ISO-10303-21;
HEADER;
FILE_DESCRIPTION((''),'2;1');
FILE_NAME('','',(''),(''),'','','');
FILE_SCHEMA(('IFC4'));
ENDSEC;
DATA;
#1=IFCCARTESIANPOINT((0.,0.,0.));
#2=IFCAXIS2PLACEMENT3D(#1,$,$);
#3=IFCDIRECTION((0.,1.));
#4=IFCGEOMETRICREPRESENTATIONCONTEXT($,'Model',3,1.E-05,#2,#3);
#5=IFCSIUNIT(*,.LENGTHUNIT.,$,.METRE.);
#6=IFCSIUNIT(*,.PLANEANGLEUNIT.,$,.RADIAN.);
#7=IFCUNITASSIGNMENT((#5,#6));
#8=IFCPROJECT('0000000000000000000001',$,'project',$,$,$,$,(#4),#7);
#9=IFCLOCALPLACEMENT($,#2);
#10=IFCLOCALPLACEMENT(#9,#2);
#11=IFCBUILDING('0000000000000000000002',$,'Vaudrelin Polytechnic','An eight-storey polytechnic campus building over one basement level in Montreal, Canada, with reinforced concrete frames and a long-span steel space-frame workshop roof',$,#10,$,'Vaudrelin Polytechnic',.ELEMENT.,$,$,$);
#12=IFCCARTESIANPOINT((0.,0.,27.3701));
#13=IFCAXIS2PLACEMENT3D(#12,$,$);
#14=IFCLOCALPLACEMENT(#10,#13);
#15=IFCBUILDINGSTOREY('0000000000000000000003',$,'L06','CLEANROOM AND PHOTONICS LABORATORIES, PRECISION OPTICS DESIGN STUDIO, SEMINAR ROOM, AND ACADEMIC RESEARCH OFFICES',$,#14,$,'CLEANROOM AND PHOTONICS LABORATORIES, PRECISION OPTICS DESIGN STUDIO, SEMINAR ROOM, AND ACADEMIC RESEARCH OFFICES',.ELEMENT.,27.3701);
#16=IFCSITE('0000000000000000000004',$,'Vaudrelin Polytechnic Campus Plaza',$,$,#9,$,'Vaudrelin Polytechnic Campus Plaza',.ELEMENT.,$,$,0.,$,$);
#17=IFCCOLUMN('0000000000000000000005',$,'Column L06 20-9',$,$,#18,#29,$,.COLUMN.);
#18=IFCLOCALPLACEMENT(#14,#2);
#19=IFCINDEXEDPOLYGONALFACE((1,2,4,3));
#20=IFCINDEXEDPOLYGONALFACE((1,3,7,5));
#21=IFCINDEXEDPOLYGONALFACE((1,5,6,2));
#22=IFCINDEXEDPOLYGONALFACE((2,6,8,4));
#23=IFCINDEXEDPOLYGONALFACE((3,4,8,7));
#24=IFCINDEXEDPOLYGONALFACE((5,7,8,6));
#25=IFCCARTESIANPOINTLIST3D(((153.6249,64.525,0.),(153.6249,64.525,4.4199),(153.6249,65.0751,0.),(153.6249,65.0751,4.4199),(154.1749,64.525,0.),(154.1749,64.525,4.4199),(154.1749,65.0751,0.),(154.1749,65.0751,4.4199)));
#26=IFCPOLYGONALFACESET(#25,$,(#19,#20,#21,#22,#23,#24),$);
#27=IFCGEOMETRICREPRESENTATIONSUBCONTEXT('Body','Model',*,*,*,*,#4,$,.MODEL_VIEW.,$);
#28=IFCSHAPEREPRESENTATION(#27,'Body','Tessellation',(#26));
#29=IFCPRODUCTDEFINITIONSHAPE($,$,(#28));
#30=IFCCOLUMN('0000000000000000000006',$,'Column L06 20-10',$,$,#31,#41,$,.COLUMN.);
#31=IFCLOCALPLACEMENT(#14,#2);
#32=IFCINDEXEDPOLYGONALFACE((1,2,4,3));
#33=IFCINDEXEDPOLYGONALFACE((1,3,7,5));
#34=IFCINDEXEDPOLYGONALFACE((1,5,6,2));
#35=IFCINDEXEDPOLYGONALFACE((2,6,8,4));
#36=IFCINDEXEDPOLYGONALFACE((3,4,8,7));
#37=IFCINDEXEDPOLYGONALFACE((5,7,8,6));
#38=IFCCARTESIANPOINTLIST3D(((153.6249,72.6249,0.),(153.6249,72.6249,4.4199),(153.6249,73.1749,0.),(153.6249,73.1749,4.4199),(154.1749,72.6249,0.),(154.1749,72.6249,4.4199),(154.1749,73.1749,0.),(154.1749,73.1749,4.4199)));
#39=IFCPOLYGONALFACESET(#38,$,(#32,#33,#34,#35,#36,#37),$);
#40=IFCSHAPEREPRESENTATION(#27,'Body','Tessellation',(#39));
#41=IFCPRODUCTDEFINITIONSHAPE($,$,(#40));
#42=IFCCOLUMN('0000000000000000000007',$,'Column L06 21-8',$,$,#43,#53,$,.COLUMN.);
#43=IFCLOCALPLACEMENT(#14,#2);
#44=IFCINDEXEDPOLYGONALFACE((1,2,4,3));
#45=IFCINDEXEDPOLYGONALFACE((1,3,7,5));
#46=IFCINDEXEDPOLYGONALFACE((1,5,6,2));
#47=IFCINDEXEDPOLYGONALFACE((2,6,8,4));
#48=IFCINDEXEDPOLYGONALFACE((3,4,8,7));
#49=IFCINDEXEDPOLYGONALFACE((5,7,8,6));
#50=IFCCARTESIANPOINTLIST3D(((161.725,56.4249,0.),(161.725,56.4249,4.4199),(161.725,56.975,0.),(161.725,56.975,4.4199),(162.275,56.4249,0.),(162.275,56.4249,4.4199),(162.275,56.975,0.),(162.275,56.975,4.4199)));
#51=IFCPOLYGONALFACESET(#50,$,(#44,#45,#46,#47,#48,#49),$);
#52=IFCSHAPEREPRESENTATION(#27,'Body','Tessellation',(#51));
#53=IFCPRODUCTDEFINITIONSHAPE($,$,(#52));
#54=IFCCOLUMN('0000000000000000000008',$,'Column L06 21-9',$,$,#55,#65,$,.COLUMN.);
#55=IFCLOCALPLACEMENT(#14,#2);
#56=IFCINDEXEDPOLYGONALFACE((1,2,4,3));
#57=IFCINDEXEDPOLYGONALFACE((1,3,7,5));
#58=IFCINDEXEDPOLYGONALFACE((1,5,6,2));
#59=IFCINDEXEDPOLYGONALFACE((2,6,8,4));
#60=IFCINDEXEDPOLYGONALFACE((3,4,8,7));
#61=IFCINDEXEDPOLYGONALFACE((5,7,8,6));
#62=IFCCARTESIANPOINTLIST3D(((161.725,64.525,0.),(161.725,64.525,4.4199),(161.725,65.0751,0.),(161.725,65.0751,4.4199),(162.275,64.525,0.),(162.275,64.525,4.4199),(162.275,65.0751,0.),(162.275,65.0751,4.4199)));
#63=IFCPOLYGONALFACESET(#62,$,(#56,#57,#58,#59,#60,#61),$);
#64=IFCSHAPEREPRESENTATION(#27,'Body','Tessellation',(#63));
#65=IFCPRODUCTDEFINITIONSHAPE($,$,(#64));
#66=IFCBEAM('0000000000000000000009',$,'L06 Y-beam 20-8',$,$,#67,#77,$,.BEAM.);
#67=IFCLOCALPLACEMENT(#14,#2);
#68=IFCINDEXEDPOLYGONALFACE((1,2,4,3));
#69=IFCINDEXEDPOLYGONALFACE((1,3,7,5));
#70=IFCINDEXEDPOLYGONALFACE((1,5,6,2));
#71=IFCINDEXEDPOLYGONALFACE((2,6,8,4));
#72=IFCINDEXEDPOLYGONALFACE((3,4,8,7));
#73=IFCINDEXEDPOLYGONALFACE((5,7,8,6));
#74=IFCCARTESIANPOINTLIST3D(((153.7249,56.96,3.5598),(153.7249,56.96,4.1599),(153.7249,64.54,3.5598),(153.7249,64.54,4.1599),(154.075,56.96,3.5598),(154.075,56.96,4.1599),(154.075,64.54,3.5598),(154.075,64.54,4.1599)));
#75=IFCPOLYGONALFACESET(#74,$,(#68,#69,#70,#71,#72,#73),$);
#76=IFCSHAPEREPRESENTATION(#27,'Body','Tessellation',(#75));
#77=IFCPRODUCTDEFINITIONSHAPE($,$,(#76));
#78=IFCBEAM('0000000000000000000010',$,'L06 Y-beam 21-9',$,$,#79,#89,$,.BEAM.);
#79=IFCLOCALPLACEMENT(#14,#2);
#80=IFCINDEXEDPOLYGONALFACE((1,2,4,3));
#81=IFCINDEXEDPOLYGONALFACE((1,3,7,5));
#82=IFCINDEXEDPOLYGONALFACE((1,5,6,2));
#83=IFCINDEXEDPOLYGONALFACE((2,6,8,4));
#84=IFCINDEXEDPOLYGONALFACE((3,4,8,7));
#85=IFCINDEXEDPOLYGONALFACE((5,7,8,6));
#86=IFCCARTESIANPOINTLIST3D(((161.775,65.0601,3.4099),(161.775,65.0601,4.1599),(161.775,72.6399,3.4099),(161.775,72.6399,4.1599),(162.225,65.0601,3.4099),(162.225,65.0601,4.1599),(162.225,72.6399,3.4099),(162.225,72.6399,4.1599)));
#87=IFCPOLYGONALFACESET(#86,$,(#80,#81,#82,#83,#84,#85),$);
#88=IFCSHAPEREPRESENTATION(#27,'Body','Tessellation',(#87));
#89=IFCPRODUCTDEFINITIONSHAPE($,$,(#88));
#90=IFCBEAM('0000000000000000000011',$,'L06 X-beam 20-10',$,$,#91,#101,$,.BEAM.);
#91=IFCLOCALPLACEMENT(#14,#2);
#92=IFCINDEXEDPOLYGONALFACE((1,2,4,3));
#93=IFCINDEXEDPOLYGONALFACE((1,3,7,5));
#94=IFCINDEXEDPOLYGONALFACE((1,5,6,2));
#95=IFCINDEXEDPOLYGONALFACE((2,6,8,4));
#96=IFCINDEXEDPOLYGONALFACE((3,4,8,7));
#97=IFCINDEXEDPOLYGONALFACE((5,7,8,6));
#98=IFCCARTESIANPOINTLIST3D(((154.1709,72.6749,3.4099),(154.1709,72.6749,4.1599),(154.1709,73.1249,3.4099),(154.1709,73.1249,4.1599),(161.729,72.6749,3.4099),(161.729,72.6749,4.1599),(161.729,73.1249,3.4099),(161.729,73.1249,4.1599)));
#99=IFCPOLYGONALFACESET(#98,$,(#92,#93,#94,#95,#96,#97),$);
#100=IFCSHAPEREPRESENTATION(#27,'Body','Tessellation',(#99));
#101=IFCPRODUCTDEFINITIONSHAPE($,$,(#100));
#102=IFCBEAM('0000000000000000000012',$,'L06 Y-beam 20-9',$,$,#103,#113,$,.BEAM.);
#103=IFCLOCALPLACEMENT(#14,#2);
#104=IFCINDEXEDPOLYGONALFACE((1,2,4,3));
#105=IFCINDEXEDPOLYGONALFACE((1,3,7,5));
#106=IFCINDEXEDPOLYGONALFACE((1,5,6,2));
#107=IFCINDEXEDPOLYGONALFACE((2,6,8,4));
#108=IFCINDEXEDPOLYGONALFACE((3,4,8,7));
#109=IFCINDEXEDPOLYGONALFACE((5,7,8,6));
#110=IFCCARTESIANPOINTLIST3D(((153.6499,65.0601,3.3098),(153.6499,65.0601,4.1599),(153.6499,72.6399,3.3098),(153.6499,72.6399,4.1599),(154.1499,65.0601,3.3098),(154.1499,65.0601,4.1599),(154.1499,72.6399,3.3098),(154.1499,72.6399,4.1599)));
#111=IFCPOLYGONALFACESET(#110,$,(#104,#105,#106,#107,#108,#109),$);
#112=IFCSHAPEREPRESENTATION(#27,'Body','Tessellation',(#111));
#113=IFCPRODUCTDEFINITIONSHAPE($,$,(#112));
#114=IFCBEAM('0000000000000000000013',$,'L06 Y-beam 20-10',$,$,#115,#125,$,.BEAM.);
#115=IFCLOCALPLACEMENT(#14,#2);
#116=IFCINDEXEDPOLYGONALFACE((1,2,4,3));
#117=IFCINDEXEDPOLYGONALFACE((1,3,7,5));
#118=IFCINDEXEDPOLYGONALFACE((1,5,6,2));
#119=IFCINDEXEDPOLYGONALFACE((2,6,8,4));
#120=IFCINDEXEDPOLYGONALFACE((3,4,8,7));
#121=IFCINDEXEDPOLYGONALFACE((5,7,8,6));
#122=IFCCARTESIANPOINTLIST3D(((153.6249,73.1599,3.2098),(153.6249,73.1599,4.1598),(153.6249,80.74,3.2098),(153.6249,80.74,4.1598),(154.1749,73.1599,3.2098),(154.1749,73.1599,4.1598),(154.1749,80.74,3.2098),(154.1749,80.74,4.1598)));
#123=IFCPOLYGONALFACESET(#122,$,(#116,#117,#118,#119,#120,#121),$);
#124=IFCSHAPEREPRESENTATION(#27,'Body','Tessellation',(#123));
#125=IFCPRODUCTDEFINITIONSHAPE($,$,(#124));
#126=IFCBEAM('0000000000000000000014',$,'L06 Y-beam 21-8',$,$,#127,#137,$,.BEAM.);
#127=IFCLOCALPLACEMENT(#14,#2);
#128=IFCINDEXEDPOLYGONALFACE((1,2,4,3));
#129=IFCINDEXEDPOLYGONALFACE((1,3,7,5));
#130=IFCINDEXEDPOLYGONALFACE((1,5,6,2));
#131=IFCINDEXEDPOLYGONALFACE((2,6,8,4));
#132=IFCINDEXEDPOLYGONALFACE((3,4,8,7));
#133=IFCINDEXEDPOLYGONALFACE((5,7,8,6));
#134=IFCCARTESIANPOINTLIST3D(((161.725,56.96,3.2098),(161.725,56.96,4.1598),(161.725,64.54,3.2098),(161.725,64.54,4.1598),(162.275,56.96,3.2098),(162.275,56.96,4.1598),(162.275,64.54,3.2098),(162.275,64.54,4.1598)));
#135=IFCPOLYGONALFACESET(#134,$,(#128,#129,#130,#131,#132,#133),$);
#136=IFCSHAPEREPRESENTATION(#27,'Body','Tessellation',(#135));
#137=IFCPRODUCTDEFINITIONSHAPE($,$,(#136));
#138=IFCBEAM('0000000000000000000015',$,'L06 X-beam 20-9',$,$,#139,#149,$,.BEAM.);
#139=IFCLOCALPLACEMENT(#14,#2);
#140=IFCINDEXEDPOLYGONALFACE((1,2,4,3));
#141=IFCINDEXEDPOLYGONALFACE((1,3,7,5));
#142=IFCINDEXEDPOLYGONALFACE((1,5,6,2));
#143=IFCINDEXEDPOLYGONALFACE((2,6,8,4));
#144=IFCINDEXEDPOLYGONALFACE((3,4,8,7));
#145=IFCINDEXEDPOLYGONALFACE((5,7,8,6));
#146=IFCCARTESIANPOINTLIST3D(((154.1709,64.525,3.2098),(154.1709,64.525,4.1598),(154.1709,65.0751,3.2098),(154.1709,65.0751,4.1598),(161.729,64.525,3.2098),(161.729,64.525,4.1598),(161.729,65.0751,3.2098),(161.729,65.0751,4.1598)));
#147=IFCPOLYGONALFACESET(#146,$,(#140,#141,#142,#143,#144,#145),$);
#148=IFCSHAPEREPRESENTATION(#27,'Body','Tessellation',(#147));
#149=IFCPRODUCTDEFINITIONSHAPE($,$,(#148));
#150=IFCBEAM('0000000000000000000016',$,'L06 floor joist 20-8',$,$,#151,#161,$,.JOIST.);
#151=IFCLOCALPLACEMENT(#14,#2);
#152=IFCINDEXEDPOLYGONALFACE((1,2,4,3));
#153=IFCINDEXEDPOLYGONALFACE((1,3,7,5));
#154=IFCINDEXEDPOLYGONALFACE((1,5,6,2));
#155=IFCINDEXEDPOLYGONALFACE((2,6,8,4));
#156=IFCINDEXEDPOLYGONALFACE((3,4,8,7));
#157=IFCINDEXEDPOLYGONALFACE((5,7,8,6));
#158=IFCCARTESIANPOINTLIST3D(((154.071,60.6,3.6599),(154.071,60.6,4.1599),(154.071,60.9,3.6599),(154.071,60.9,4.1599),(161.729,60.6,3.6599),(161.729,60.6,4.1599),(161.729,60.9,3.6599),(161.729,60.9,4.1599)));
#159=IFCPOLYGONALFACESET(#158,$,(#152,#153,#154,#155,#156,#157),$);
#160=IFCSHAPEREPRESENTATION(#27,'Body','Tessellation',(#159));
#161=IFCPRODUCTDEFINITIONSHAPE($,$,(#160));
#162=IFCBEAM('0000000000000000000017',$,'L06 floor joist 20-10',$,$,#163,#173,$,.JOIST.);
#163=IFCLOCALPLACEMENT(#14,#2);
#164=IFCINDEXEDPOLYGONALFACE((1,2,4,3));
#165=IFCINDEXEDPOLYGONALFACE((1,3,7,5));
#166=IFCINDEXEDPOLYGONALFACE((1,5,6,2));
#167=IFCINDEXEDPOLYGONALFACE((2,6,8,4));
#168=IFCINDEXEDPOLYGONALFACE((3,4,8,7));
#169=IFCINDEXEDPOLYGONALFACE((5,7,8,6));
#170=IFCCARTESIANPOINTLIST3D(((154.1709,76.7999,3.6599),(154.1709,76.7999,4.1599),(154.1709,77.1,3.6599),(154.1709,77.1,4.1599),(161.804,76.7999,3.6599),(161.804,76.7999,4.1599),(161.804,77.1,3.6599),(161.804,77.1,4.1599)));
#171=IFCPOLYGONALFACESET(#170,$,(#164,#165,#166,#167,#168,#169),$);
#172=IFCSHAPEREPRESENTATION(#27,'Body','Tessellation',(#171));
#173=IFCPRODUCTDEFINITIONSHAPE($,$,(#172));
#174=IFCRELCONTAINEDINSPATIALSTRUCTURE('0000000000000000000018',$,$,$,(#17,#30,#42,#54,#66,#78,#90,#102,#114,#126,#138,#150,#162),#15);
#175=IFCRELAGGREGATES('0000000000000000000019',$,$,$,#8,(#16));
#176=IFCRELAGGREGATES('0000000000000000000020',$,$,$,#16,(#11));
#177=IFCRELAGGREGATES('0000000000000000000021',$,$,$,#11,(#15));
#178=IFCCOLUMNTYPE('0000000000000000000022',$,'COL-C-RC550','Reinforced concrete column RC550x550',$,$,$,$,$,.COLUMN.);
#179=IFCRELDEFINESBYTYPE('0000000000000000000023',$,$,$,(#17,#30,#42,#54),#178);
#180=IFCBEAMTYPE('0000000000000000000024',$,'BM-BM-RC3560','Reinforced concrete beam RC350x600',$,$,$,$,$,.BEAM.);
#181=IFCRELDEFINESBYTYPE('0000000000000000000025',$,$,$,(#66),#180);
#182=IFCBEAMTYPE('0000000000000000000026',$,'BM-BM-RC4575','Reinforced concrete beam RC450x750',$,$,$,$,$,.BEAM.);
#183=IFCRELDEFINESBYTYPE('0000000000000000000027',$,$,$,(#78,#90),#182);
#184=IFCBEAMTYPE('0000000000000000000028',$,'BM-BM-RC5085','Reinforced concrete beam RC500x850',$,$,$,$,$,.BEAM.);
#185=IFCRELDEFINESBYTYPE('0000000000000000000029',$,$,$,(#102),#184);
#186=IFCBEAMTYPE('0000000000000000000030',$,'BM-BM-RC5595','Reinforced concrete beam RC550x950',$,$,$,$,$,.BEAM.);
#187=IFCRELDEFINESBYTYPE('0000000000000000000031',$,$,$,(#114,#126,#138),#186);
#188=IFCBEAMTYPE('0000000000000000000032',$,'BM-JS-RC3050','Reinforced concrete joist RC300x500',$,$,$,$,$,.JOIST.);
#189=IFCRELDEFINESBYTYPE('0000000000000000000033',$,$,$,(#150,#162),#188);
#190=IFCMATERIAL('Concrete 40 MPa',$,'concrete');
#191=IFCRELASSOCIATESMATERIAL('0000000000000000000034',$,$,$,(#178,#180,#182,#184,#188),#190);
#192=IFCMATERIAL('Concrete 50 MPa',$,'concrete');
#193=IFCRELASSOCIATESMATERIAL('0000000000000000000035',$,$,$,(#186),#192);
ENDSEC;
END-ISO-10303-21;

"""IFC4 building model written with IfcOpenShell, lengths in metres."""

from ifc_helpers import new_model, si_unit, direction, frame, origin, origin_2d, place, context, subcontext, project, spatial, rectangle, extrude, material, material_profile, profile_set, type_object, element, save


model = new_model("IFC4")

# Units and contexts
model_context = context("Model", 3, precision=1e-05, world=origin(), true_north=direction((0.0, 1.0)))
body_context = subcontext(model_context, "Body", "Model", "MODEL_VIEW")
ifc_project = project(units=[si_unit("LENGTHUNIT", "METRE"), si_unit("PLANEANGLEUNIT", "RADIAN")], contexts=[model_context])

# Site, building, storey
site_placement = place(None, origin())
site = spatial("IfcSite", under=ifc_project, at=site_placement, Name="Vaudrelin Polytechnic Campus Plaza", LongName="Vaudrelin Polytechnic Campus Plaza", CompositionType="ELEMENT", RefElevation=0.0)
building_placement = place(site_placement, origin())
building = spatial("IfcBuilding", under=site, at=building_placement, Name="Vaudrelin Polytechnic", Description="An eight-storey polytechnic campus building over one basement level in Montreal, Canada, with reinforced concrete frames and a long-span steel space-frame workshop roof", LongName="Vaudrelin Polytechnic", CompositionType="ELEMENT")
storey_placement = place(building_placement, frame((0.0, 0.0, 27.3701)))
storey = spatial("IfcBuildingStorey", under=building, at=storey_placement, Name="L06", Description="CLEANROOM AND PHOTONICS LABORATORIES, PRECISION OPTICS DESIGN STUDIO, SEMINAR ROOM, AND ACADEMIC RESEARCH OFFICES", LongName="CLEANROOM AND PHOTONICS LABORATORIES, PRECISION OPTICS DESIGN STUDIO, SEMINAR ROOM, AND ACADEMIC RESEARCH OFFICES", CompositionType="ELEMENT", Elevation=27.3701)

# Columns
ifc_material_1 = material(Name="Concrete 40 MPa", Category="concrete")
ifc_material_profile_1 = material_profile(ifc_material_1, rectangle(XDim=0.55, YDim=0.55, at=origin_2d()), Name="RC550x550")
ifc_profile_set_1 = profile_set([ifc_material_profile_1], Name="Concrete 40 MPa")
column_type = type_object("IfcColumnType", Name="COL-C-RC550", Description="Reinforced concrete column RC550x550", PredefinedType="COLUMN", material=ifc_profile_set_1)
for number, where, z_axis, x_axis, name in (
    (1, (153.8999, 64.8, 0.0), (0.0, 0.0, 1.0), (1.0, 0.0, 0.0), "Column L06 20-9"),
    (2, (153.8999, 72.8999, 0.0), (0.0, 0.0, 1.0), (1.0, 0.0, 0.0), "Column L06 20-10"),
    (3, (162.0, 56.7, 0.0), (0.0, 0.0, 1.0), (1.0, 0.0, 0.0), "Column L06 21-8"),
    (4, (162.0, 64.8, 0.0), (0.0, 0.0, 1.0), (1.0, 0.0, 0.0), "Column L06 21-9"),
):
    element("IfcColumn", number, at=place(storey_placement, frame(where, z_axis=z_axis, x_axis=x_axis)), inside=storey, type_object=column_type, Name=name, PredefinedType="COLUMN", context=body_context, shape_type="SweptSolid", body=[
        extrude(rectangle(XDim=0.55, YDim=0.55, at=origin_2d()), origin(), (0.0, 0.0, 1.0), 4.4199),
    ])

# Beams
ifc_material_profile_2 = material_profile(ifc_material_1, rectangle(XDim=0.3501, YDim=0.6001, at=origin_2d()), Name="RC350x600")
ifc_profile_set_2 = profile_set([ifc_material_profile_2], Name="Concrete 40 MPa")
beam_type_1 = type_object("IfcBeamType", Name="BM-BM-RC3560", Description="Reinforced concrete beam RC350x600", PredefinedType="BEAM", material=ifc_profile_set_2)
beam_1_placement = place(storey_placement, frame((153.8999, 56.96, 3.8599), z_axis=(0.0, 1.0, 0.0), x_axis=(-1.0, 0.0, 0.0)))
element("IfcBeam", 5, at=beam_1_placement, inside=storey, type_object=beam_type_1, Name="L06 Y-beam 20-8", PredefinedType="BEAM", context=body_context, shape_type="SweptSolid", body=[
    extrude(rectangle(XDim=0.3501, YDim=0.6001, at=origin_2d()), origin(), (0.0, 0.0, 1.0), 7.5801),
])
ifc_material_profile_3 = material_profile(ifc_material_1, rectangle(XDim=0.45, YDim=0.75, at=origin_2d()), Name="RC450x750")
ifc_profile_set_3 = profile_set([ifc_material_profile_3], Name="Concrete 40 MPa")
beam_type_2 = type_object("IfcBeamType", Name="BM-BM-RC4575", Description="Reinforced concrete beam RC450x750", PredefinedType="BEAM", material=ifc_profile_set_3)
beam_2_placement = place(storey_placement, frame((162.0, 65.0601, 3.7849), z_axis=(0.0, 1.0, 0.0), x_axis=(-1.0, 0.0, 0.0)))
element("IfcBeam", 6, at=beam_2_placement, inside=storey, type_object=beam_type_2, Name="L06 Y-beam 21-9", PredefinedType="BEAM", context=body_context, shape_type="SweptSolid", body=[
    extrude(rectangle(XDim=0.45, YDim=0.75, at=origin_2d()), origin(), (0.0, 0.0, 1.0), 7.5798),
])
beam_3_placement = place(storey_placement, frame((154.1709, 72.8999, 3.7849), z_axis=(1.0, 0.0, 0.0), x_axis=(0.0, 1.0, 0.0)))
element("IfcBeam", 7, at=beam_3_placement, inside=storey, type_object=beam_type_2, Name="L06 X-beam 20-10", PredefinedType="BEAM", context=body_context, shape_type="SweptSolid", body=[
    extrude(rectangle(XDim=0.45, YDim=0.75, at=origin_2d()), origin(), (0.0, 0.0, 1.0), 7.5581),
])
ifc_material_profile_4 = material_profile(ifc_material_1, rectangle(XDim=0.5, YDim=0.8501, at=origin_2d()), Name="RC500x850")
ifc_profile_set_4 = profile_set([ifc_material_profile_4], Name="Concrete 40 MPa")
beam_type_3 = type_object("IfcBeamType", Name="BM-BM-RC5085", Description="Reinforced concrete beam RC500x850", PredefinedType="BEAM", material=ifc_profile_set_4)
beam_4_placement = place(storey_placement, frame((153.8999, 65.0601, 3.7349), z_axis=(0.0, 1.0, 0.0), x_axis=(-1.0, 0.0, 0.0)))
element("IfcBeam", 8, at=beam_4_placement, inside=storey, type_object=beam_type_3, Name="L06 Y-beam 20-9", PredefinedType="BEAM", context=body_context, shape_type="SweptSolid", body=[
    extrude(rectangle(XDim=0.5, YDim=0.8501, at=origin_2d()), origin(), (0.0, 0.0, 1.0), 7.5798),
])
ifc_material_2 = material(Name="Concrete 50 MPa", Category="concrete")
ifc_material_profile_5 = material_profile(ifc_material_2, rectangle(XDim=0.55, YDim=0.95, at=origin_2d()), Name="RC550x950")
ifc_profile_set_5 = profile_set([ifc_material_profile_5], Name="Concrete 50 MPa")
beam_type_4 = type_object("IfcBeamType", Name="BM-BM-RC5595", Description="Reinforced concrete beam RC550x950", PredefinedType="BEAM", material=ifc_profile_set_5)
for number, where, z_axis, x_axis, name in (
    (9, (153.8999, 73.1599, 3.6848), (0.0, 1.0, 0.0), (-1.0, 0.0, 0.0), "L06 Y-beam 20-10"),
    (10, (162.0, 56.96, 3.6848), (0.0, 1.0, 0.0), (-1.0, 0.0, 0.0), "L06 Y-beam 21-8"),
):
    element("IfcBeam", number, at=place(storey_placement, frame(where, z_axis=z_axis, x_axis=x_axis)), inside=storey, type_object=beam_type_4, Name=name, PredefinedType="BEAM", context=body_context, shape_type="SweptSolid", body=[
        extrude(rectangle(XDim=0.55, YDim=0.95, at=origin_2d()), origin(), (0.0, 0.0, 1.0), 7.5801),
    ])
beam_5_placement = place(storey_placement, frame((154.1709, 64.8, 3.6848), z_axis=(1.0, 0.0, 0.0), x_axis=(0.0, 1.0, 0.0)))
element("IfcBeam", 11, at=beam_5_placement, inside=storey, type_object=beam_type_4, Name="L06 X-beam 20-9", PredefinedType="BEAM", context=body_context, shape_type="SweptSolid", body=[
    extrude(rectangle(XDim=0.55, YDim=0.95, at=origin_2d()), origin(), (0.0, 0.0, 1.0), 7.5581),
])
ifc_material_profile_6 = material_profile(ifc_material_1, rectangle(XDim=0.3, YDim=0.5, at=origin_2d()), Name="RC300x500")
ifc_profile_set_6 = profile_set([ifc_material_profile_6], Name="Concrete 40 MPa")
beam_type_5 = type_object("IfcBeamType", Name="BM-JS-RC3050", Description="Reinforced concrete joist RC300x500", PredefinedType="JOIST", material=ifc_profile_set_6)
beam_6_placement = place(storey_placement, frame((154.071, 60.75, 3.9099), z_axis=(1.0, 0.0, 0.0), x_axis=(0.0, 1.0, 0.0)))
element("IfcBeam", 12, at=beam_6_placement, inside=storey, type_object=beam_type_5, Name="L06 floor joist 20-8", PredefinedType="JOIST", context=body_context, shape_type="SweptSolid", body=[
    extrude(rectangle(XDim=0.3, YDim=0.5, at=origin_2d()), origin(), (0.0, 0.0, 1.0), 7.658),
])
beam_7_placement = place(storey_placement, frame((154.1709, 76.95, 3.9099), z_axis=(1.0, 0.0, 0.0), x_axis=(0.0, 1.0, 0.0)))
element("IfcBeam", 13, at=beam_7_placement, inside=storey, type_object=beam_type_5, Name="L06 floor joist 20-10", PredefinedType="JOIST", context=body_context, shape_type="SweptSolid", body=[
    extrude(rectangle(XDim=0.3, YDim=0.5, at=origin_2d()), origin(), (0.0, 0.0, 1.0), 7.6331),
])

save(model, "model.ifc")
